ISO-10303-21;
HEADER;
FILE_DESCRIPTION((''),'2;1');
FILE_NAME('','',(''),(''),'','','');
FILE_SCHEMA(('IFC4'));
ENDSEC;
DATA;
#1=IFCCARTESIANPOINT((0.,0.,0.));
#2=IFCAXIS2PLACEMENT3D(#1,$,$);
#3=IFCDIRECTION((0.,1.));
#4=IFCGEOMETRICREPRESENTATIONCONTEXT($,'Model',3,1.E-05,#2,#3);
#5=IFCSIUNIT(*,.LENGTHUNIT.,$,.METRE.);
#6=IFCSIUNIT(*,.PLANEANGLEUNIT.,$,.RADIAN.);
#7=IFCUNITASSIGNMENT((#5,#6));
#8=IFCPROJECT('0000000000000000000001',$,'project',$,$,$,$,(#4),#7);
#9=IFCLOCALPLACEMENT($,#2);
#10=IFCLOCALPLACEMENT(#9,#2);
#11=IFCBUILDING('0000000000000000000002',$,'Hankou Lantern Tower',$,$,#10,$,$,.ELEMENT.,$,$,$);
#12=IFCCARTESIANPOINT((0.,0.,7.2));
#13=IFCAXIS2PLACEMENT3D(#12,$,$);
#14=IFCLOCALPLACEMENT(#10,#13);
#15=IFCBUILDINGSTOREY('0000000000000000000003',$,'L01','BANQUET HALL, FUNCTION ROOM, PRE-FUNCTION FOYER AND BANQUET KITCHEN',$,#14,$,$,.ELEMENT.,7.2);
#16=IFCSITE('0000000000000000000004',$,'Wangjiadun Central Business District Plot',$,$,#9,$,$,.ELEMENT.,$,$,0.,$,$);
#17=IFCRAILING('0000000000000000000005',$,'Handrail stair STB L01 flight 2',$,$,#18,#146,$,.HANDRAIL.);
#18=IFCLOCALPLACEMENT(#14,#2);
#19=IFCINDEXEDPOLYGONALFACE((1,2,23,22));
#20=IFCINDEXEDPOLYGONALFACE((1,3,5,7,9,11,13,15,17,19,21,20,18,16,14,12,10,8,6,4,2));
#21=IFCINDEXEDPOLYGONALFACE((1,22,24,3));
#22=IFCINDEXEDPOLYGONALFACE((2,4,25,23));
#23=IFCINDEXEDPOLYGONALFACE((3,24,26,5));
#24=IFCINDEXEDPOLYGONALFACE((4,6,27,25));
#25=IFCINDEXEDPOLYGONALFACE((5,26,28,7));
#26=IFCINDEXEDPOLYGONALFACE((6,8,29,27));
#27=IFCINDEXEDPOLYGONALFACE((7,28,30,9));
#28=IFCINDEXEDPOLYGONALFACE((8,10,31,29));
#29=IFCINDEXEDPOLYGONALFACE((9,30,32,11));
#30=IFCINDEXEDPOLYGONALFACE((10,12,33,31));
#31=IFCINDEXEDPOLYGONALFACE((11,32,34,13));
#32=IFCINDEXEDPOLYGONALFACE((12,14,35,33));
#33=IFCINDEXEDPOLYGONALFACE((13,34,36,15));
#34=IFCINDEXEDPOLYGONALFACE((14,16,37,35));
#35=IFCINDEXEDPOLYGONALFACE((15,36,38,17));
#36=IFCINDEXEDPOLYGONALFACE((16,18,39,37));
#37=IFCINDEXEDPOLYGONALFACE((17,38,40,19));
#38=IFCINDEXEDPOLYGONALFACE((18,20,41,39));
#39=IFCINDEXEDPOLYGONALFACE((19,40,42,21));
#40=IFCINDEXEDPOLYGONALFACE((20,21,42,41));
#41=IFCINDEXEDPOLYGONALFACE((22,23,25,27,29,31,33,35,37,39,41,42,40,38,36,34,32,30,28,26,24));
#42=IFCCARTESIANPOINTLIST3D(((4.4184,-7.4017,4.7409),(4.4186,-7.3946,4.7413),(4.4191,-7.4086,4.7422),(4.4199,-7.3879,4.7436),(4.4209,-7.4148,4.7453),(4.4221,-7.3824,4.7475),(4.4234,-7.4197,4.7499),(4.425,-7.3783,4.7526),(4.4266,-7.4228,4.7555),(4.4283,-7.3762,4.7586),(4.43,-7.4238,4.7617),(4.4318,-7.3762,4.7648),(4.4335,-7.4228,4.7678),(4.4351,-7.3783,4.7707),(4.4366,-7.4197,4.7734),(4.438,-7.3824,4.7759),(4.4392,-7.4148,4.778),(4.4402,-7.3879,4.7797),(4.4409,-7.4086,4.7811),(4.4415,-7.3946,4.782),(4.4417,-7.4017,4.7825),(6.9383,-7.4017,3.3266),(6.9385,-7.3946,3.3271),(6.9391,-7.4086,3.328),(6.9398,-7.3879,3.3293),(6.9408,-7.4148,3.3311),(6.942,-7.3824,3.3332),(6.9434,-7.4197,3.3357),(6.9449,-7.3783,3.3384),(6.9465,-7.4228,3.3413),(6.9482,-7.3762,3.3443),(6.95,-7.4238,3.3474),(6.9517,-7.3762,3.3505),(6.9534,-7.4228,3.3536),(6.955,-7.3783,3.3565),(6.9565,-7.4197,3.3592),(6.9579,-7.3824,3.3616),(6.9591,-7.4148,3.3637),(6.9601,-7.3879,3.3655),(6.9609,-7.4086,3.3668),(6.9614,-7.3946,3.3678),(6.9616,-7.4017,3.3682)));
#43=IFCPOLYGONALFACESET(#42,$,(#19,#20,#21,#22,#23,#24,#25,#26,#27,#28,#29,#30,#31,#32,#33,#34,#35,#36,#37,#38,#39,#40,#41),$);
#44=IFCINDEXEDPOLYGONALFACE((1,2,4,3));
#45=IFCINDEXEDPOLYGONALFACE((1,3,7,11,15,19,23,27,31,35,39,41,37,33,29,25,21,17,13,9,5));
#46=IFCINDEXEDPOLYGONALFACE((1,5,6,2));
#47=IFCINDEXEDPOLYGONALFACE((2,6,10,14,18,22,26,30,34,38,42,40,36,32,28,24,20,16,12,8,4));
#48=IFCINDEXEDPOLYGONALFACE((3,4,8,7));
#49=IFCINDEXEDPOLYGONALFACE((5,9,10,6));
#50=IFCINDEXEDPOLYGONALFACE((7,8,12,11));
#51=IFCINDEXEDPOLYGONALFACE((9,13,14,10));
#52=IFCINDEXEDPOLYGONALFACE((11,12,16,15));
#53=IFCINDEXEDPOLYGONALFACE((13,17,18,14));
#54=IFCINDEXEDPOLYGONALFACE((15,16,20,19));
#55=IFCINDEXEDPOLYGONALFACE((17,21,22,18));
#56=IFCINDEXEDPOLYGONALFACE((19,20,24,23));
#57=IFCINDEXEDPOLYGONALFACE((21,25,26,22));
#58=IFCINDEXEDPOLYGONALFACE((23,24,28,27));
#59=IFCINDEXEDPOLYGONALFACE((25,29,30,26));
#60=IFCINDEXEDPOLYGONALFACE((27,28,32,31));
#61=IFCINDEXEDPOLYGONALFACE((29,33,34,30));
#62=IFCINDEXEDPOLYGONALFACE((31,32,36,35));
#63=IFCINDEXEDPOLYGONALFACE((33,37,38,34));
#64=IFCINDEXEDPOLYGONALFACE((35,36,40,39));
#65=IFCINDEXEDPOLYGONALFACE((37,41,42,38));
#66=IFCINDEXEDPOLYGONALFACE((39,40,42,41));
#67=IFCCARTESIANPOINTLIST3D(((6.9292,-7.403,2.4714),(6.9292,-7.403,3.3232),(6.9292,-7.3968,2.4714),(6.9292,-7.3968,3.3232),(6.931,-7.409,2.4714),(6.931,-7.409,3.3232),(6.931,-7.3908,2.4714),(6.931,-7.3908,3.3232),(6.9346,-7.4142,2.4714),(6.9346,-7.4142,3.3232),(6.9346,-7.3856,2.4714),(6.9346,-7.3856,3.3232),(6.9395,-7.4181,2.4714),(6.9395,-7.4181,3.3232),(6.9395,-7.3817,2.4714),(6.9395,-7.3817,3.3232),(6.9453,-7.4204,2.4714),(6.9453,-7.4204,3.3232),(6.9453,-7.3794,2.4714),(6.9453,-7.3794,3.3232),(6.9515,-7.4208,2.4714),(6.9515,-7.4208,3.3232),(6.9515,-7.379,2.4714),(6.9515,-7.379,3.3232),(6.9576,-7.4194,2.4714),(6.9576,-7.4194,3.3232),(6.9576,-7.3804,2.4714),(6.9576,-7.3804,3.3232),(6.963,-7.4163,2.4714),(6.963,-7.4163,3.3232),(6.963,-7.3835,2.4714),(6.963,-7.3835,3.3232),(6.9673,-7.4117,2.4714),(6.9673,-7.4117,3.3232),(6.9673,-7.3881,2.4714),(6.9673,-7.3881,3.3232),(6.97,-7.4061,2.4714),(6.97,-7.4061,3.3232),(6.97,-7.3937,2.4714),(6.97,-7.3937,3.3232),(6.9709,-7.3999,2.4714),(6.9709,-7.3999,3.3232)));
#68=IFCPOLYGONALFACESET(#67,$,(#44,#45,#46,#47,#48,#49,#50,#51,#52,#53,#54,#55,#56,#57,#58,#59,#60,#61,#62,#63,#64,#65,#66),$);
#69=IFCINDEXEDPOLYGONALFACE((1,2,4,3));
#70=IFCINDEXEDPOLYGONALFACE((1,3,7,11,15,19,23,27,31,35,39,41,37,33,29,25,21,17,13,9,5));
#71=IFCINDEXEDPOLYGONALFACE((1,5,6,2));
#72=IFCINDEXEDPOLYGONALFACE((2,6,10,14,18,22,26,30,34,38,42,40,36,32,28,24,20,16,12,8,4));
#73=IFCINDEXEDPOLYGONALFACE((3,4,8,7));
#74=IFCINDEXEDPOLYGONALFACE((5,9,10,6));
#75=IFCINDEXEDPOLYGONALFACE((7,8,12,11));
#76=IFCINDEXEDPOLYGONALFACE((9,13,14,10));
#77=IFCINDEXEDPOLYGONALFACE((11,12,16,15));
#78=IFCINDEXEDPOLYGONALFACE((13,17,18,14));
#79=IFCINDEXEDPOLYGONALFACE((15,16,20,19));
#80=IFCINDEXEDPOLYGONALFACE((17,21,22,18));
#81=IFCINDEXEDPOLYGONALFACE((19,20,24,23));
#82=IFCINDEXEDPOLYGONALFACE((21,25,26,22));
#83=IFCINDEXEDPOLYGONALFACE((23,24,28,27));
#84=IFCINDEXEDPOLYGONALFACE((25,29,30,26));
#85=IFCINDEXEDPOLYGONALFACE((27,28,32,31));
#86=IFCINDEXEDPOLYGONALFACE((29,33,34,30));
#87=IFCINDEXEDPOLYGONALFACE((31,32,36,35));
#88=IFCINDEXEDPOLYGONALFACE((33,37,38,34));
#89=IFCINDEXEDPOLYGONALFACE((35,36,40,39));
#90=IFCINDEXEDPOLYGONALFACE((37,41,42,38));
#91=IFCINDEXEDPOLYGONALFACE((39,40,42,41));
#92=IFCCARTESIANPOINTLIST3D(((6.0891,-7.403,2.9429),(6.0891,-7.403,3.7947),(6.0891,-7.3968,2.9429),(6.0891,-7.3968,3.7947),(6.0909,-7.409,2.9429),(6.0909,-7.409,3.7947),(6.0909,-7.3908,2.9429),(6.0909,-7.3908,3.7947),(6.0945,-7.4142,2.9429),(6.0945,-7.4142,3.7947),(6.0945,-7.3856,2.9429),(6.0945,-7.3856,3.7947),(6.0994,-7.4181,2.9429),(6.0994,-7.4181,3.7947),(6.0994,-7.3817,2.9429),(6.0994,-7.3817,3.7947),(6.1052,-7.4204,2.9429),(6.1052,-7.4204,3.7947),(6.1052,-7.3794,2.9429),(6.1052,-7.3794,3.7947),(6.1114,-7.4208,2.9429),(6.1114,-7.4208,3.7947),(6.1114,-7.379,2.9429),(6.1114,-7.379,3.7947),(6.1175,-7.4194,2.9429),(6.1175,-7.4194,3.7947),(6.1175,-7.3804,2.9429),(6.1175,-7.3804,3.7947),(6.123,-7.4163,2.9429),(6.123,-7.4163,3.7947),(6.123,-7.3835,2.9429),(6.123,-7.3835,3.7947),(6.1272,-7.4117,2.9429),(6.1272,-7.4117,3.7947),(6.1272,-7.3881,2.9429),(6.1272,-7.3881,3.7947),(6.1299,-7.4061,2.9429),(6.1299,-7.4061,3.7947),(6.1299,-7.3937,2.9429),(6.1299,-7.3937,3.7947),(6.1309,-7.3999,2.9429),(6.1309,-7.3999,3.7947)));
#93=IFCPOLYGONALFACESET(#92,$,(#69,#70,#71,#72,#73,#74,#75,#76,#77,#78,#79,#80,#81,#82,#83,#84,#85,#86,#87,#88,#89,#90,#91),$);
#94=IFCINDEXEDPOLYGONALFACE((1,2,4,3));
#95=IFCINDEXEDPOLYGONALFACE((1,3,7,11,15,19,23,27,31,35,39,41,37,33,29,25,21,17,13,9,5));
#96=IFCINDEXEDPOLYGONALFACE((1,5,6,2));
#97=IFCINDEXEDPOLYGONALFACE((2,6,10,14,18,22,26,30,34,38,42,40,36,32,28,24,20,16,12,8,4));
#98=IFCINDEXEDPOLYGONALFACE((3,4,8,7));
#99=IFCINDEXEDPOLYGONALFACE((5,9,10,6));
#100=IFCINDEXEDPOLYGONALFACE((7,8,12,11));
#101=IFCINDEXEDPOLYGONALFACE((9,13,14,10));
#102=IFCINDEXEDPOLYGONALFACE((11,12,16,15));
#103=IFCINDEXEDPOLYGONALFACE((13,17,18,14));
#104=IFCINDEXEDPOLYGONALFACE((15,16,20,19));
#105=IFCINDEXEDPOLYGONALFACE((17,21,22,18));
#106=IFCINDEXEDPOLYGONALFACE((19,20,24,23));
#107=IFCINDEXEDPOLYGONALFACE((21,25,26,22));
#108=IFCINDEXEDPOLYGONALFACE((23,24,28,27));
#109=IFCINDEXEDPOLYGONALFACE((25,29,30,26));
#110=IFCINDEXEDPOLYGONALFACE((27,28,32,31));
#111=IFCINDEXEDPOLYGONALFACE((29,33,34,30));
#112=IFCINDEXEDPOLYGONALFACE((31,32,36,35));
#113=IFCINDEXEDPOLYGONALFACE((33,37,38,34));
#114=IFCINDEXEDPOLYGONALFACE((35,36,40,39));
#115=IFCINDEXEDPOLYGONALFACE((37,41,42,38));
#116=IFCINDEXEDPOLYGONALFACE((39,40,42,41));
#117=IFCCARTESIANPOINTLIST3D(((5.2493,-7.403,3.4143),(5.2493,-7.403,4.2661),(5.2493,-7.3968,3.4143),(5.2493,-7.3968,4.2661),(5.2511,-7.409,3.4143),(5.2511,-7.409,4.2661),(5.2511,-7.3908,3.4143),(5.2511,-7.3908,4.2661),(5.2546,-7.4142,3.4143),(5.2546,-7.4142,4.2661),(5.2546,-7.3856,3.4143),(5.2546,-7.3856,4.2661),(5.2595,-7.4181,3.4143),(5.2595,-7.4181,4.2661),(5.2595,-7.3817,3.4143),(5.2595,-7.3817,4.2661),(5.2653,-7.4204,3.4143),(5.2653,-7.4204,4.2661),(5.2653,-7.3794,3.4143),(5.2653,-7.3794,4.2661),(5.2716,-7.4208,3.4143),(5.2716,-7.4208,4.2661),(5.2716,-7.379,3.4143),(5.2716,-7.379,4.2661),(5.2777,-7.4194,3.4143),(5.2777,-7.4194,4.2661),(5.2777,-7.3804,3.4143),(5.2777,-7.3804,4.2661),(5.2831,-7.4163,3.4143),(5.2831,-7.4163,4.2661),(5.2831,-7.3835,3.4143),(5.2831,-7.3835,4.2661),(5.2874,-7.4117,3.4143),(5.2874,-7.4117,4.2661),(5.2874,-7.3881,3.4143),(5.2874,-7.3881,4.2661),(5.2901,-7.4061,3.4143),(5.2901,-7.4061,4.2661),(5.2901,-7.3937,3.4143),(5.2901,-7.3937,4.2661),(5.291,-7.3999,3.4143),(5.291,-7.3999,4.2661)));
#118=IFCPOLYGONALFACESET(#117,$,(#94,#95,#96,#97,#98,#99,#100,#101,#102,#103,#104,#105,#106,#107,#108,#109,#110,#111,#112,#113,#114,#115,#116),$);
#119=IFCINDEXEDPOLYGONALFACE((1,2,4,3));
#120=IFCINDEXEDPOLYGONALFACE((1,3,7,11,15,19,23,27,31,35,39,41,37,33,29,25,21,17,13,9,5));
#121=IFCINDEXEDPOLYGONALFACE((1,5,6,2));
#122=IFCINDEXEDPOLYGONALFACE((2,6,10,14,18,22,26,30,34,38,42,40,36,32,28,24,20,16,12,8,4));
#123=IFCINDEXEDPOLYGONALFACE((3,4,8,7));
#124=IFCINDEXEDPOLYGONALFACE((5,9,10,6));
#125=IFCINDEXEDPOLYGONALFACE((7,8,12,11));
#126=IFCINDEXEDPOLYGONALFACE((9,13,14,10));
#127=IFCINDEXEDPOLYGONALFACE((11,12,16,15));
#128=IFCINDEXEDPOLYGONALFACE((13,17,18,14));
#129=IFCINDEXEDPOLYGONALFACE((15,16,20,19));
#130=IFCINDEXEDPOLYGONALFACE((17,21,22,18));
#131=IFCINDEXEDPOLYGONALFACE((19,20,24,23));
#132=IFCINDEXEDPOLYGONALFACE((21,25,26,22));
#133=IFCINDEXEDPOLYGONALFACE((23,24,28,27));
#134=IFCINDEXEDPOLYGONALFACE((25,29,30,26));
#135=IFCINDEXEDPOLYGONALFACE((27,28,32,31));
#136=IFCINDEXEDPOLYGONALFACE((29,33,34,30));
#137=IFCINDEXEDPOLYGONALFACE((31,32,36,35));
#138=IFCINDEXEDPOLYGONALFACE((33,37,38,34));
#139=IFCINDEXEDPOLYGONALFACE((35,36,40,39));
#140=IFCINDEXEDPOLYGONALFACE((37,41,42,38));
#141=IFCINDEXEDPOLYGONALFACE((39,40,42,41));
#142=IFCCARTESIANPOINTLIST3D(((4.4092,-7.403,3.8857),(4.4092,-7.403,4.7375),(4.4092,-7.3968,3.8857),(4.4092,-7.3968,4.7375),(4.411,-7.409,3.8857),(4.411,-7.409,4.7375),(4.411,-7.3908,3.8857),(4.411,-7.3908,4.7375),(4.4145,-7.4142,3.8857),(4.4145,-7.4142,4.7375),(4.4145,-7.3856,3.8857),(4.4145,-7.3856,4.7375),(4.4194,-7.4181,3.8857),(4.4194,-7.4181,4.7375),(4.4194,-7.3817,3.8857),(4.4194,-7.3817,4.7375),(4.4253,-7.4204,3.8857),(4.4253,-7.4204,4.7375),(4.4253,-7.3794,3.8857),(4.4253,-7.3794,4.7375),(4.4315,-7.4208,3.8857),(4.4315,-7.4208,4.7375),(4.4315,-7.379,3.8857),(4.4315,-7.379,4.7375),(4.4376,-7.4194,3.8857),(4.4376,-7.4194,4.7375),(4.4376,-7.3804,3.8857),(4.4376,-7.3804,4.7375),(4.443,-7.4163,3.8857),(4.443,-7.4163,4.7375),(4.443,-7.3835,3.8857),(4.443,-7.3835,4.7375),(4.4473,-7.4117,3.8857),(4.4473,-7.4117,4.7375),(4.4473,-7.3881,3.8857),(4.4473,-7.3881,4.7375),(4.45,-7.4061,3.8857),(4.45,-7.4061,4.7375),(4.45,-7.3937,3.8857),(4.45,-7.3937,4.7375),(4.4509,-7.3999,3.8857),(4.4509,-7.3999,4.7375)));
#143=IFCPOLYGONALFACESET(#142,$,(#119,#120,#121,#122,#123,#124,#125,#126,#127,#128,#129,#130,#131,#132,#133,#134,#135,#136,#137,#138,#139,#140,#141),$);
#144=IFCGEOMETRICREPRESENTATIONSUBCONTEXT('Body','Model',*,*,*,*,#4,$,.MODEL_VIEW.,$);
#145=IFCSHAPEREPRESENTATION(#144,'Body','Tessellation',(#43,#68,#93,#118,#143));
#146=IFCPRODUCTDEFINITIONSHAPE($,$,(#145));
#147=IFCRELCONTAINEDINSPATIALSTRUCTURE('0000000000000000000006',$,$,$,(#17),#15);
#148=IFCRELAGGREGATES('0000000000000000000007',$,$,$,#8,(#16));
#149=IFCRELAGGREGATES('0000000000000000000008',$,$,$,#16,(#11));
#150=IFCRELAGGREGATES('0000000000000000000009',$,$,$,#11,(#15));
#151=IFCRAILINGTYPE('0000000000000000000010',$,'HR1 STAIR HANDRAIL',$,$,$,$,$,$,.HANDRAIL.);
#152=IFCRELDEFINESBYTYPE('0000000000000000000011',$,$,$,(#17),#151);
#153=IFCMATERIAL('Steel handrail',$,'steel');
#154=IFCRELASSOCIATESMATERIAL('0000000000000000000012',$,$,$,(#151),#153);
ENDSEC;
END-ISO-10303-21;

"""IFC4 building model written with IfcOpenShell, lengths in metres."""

from ifc_helpers import new_model, si_unit, direction, frame, origin, origin_2d, place, context, subcontext, project, spatial, circle, extrude, material, type_object, element, save


model = new_model("IFC4")

# Units and contexts
model_context = context("Model", 3, precision=1e-05, world=origin(), true_north=direction((0.0, 1.0)))
body_context = subcontext(model_context, "Body", "Model", "MODEL_VIEW")
ifc_project = project(units=[si_unit("LENGTHUNIT", "METRE"), si_unit("PLANEANGLEUNIT", "RADIAN")], contexts=[model_context])

# Site, building, storey
site_placement = place(None, origin())
site = spatial("IfcSite", under=ifc_project, at=site_placement, Name="Wangjiadun Central Business District Plot", CompositionType="ELEMENT", RefElevation=0.0)
building_placement = place(site_placement, origin())
building = spatial("IfcBuilding", under=site, at=building_placement, Name="Hankou Lantern Tower", CompositionType="ELEMENT")
storey_placement = place(building_placement, frame((0.0, 0.0, 7.2)))
storey = spatial("IfcBuildingStorey", under=building, at=storey_placement, Name="L01", Description="BANQUET HALL, FUNCTION ROOM, PRE-FUNCTION FOYER AND BANQUET KITCHEN", CompositionType="ELEMENT", Elevation=7.2)

# Railing
ifc_material_1 = material(Name="Steel handrail", Category="steel")
railing_type = type_object("IfcRailingType", Name="HR1 STAIR HANDRAIL", PredefinedType="HANDRAIL", material=ifc_material_1)
railing_1_placement = place(storey_placement, frame((6.95, -7.3999, 2.4714)))
element("IfcRailing", 1, at=railing_1_placement, inside=storey, type_object=railing_type, Name="Handrail stair STB L01 flight 2", PredefinedType="HANDRAIL", context=body_context, shape_type="SweptSolid", body=[
    extrude(circle(Radius=0.0239, at=origin_2d()), frame((0.0, 0.0, 0.876), z_axis=(-0.872049, 0.0, 0.489419), x_axis=(0.0, -1.0, 0.0)), (0.0, 0.0, 1.0), 2.8896),
    extrude(circle(Radius=0.021, at=origin_2d()), origin(), (0.0, 0.0, 1.0), 0.8518),
    extrude(circle(Radius=0.021, at=origin_2d()), frame((-0.8401, 0.0, 0.4714)), (0.0, 0.0, 1.0), 0.8518),
    extrude(circle(Radius=0.021, at=origin_2d()), frame((-1.6799, 0.0, 0.9429)), (0.0, 0.0, 1.0), 0.8518),
    extrude(circle(Radius=0.021, at=origin_2d()), frame((-2.52, 0.0, 1.4143)), (0.0, 0.0, 1.0), 0.8518),
])

save(model, "model.ifc")
